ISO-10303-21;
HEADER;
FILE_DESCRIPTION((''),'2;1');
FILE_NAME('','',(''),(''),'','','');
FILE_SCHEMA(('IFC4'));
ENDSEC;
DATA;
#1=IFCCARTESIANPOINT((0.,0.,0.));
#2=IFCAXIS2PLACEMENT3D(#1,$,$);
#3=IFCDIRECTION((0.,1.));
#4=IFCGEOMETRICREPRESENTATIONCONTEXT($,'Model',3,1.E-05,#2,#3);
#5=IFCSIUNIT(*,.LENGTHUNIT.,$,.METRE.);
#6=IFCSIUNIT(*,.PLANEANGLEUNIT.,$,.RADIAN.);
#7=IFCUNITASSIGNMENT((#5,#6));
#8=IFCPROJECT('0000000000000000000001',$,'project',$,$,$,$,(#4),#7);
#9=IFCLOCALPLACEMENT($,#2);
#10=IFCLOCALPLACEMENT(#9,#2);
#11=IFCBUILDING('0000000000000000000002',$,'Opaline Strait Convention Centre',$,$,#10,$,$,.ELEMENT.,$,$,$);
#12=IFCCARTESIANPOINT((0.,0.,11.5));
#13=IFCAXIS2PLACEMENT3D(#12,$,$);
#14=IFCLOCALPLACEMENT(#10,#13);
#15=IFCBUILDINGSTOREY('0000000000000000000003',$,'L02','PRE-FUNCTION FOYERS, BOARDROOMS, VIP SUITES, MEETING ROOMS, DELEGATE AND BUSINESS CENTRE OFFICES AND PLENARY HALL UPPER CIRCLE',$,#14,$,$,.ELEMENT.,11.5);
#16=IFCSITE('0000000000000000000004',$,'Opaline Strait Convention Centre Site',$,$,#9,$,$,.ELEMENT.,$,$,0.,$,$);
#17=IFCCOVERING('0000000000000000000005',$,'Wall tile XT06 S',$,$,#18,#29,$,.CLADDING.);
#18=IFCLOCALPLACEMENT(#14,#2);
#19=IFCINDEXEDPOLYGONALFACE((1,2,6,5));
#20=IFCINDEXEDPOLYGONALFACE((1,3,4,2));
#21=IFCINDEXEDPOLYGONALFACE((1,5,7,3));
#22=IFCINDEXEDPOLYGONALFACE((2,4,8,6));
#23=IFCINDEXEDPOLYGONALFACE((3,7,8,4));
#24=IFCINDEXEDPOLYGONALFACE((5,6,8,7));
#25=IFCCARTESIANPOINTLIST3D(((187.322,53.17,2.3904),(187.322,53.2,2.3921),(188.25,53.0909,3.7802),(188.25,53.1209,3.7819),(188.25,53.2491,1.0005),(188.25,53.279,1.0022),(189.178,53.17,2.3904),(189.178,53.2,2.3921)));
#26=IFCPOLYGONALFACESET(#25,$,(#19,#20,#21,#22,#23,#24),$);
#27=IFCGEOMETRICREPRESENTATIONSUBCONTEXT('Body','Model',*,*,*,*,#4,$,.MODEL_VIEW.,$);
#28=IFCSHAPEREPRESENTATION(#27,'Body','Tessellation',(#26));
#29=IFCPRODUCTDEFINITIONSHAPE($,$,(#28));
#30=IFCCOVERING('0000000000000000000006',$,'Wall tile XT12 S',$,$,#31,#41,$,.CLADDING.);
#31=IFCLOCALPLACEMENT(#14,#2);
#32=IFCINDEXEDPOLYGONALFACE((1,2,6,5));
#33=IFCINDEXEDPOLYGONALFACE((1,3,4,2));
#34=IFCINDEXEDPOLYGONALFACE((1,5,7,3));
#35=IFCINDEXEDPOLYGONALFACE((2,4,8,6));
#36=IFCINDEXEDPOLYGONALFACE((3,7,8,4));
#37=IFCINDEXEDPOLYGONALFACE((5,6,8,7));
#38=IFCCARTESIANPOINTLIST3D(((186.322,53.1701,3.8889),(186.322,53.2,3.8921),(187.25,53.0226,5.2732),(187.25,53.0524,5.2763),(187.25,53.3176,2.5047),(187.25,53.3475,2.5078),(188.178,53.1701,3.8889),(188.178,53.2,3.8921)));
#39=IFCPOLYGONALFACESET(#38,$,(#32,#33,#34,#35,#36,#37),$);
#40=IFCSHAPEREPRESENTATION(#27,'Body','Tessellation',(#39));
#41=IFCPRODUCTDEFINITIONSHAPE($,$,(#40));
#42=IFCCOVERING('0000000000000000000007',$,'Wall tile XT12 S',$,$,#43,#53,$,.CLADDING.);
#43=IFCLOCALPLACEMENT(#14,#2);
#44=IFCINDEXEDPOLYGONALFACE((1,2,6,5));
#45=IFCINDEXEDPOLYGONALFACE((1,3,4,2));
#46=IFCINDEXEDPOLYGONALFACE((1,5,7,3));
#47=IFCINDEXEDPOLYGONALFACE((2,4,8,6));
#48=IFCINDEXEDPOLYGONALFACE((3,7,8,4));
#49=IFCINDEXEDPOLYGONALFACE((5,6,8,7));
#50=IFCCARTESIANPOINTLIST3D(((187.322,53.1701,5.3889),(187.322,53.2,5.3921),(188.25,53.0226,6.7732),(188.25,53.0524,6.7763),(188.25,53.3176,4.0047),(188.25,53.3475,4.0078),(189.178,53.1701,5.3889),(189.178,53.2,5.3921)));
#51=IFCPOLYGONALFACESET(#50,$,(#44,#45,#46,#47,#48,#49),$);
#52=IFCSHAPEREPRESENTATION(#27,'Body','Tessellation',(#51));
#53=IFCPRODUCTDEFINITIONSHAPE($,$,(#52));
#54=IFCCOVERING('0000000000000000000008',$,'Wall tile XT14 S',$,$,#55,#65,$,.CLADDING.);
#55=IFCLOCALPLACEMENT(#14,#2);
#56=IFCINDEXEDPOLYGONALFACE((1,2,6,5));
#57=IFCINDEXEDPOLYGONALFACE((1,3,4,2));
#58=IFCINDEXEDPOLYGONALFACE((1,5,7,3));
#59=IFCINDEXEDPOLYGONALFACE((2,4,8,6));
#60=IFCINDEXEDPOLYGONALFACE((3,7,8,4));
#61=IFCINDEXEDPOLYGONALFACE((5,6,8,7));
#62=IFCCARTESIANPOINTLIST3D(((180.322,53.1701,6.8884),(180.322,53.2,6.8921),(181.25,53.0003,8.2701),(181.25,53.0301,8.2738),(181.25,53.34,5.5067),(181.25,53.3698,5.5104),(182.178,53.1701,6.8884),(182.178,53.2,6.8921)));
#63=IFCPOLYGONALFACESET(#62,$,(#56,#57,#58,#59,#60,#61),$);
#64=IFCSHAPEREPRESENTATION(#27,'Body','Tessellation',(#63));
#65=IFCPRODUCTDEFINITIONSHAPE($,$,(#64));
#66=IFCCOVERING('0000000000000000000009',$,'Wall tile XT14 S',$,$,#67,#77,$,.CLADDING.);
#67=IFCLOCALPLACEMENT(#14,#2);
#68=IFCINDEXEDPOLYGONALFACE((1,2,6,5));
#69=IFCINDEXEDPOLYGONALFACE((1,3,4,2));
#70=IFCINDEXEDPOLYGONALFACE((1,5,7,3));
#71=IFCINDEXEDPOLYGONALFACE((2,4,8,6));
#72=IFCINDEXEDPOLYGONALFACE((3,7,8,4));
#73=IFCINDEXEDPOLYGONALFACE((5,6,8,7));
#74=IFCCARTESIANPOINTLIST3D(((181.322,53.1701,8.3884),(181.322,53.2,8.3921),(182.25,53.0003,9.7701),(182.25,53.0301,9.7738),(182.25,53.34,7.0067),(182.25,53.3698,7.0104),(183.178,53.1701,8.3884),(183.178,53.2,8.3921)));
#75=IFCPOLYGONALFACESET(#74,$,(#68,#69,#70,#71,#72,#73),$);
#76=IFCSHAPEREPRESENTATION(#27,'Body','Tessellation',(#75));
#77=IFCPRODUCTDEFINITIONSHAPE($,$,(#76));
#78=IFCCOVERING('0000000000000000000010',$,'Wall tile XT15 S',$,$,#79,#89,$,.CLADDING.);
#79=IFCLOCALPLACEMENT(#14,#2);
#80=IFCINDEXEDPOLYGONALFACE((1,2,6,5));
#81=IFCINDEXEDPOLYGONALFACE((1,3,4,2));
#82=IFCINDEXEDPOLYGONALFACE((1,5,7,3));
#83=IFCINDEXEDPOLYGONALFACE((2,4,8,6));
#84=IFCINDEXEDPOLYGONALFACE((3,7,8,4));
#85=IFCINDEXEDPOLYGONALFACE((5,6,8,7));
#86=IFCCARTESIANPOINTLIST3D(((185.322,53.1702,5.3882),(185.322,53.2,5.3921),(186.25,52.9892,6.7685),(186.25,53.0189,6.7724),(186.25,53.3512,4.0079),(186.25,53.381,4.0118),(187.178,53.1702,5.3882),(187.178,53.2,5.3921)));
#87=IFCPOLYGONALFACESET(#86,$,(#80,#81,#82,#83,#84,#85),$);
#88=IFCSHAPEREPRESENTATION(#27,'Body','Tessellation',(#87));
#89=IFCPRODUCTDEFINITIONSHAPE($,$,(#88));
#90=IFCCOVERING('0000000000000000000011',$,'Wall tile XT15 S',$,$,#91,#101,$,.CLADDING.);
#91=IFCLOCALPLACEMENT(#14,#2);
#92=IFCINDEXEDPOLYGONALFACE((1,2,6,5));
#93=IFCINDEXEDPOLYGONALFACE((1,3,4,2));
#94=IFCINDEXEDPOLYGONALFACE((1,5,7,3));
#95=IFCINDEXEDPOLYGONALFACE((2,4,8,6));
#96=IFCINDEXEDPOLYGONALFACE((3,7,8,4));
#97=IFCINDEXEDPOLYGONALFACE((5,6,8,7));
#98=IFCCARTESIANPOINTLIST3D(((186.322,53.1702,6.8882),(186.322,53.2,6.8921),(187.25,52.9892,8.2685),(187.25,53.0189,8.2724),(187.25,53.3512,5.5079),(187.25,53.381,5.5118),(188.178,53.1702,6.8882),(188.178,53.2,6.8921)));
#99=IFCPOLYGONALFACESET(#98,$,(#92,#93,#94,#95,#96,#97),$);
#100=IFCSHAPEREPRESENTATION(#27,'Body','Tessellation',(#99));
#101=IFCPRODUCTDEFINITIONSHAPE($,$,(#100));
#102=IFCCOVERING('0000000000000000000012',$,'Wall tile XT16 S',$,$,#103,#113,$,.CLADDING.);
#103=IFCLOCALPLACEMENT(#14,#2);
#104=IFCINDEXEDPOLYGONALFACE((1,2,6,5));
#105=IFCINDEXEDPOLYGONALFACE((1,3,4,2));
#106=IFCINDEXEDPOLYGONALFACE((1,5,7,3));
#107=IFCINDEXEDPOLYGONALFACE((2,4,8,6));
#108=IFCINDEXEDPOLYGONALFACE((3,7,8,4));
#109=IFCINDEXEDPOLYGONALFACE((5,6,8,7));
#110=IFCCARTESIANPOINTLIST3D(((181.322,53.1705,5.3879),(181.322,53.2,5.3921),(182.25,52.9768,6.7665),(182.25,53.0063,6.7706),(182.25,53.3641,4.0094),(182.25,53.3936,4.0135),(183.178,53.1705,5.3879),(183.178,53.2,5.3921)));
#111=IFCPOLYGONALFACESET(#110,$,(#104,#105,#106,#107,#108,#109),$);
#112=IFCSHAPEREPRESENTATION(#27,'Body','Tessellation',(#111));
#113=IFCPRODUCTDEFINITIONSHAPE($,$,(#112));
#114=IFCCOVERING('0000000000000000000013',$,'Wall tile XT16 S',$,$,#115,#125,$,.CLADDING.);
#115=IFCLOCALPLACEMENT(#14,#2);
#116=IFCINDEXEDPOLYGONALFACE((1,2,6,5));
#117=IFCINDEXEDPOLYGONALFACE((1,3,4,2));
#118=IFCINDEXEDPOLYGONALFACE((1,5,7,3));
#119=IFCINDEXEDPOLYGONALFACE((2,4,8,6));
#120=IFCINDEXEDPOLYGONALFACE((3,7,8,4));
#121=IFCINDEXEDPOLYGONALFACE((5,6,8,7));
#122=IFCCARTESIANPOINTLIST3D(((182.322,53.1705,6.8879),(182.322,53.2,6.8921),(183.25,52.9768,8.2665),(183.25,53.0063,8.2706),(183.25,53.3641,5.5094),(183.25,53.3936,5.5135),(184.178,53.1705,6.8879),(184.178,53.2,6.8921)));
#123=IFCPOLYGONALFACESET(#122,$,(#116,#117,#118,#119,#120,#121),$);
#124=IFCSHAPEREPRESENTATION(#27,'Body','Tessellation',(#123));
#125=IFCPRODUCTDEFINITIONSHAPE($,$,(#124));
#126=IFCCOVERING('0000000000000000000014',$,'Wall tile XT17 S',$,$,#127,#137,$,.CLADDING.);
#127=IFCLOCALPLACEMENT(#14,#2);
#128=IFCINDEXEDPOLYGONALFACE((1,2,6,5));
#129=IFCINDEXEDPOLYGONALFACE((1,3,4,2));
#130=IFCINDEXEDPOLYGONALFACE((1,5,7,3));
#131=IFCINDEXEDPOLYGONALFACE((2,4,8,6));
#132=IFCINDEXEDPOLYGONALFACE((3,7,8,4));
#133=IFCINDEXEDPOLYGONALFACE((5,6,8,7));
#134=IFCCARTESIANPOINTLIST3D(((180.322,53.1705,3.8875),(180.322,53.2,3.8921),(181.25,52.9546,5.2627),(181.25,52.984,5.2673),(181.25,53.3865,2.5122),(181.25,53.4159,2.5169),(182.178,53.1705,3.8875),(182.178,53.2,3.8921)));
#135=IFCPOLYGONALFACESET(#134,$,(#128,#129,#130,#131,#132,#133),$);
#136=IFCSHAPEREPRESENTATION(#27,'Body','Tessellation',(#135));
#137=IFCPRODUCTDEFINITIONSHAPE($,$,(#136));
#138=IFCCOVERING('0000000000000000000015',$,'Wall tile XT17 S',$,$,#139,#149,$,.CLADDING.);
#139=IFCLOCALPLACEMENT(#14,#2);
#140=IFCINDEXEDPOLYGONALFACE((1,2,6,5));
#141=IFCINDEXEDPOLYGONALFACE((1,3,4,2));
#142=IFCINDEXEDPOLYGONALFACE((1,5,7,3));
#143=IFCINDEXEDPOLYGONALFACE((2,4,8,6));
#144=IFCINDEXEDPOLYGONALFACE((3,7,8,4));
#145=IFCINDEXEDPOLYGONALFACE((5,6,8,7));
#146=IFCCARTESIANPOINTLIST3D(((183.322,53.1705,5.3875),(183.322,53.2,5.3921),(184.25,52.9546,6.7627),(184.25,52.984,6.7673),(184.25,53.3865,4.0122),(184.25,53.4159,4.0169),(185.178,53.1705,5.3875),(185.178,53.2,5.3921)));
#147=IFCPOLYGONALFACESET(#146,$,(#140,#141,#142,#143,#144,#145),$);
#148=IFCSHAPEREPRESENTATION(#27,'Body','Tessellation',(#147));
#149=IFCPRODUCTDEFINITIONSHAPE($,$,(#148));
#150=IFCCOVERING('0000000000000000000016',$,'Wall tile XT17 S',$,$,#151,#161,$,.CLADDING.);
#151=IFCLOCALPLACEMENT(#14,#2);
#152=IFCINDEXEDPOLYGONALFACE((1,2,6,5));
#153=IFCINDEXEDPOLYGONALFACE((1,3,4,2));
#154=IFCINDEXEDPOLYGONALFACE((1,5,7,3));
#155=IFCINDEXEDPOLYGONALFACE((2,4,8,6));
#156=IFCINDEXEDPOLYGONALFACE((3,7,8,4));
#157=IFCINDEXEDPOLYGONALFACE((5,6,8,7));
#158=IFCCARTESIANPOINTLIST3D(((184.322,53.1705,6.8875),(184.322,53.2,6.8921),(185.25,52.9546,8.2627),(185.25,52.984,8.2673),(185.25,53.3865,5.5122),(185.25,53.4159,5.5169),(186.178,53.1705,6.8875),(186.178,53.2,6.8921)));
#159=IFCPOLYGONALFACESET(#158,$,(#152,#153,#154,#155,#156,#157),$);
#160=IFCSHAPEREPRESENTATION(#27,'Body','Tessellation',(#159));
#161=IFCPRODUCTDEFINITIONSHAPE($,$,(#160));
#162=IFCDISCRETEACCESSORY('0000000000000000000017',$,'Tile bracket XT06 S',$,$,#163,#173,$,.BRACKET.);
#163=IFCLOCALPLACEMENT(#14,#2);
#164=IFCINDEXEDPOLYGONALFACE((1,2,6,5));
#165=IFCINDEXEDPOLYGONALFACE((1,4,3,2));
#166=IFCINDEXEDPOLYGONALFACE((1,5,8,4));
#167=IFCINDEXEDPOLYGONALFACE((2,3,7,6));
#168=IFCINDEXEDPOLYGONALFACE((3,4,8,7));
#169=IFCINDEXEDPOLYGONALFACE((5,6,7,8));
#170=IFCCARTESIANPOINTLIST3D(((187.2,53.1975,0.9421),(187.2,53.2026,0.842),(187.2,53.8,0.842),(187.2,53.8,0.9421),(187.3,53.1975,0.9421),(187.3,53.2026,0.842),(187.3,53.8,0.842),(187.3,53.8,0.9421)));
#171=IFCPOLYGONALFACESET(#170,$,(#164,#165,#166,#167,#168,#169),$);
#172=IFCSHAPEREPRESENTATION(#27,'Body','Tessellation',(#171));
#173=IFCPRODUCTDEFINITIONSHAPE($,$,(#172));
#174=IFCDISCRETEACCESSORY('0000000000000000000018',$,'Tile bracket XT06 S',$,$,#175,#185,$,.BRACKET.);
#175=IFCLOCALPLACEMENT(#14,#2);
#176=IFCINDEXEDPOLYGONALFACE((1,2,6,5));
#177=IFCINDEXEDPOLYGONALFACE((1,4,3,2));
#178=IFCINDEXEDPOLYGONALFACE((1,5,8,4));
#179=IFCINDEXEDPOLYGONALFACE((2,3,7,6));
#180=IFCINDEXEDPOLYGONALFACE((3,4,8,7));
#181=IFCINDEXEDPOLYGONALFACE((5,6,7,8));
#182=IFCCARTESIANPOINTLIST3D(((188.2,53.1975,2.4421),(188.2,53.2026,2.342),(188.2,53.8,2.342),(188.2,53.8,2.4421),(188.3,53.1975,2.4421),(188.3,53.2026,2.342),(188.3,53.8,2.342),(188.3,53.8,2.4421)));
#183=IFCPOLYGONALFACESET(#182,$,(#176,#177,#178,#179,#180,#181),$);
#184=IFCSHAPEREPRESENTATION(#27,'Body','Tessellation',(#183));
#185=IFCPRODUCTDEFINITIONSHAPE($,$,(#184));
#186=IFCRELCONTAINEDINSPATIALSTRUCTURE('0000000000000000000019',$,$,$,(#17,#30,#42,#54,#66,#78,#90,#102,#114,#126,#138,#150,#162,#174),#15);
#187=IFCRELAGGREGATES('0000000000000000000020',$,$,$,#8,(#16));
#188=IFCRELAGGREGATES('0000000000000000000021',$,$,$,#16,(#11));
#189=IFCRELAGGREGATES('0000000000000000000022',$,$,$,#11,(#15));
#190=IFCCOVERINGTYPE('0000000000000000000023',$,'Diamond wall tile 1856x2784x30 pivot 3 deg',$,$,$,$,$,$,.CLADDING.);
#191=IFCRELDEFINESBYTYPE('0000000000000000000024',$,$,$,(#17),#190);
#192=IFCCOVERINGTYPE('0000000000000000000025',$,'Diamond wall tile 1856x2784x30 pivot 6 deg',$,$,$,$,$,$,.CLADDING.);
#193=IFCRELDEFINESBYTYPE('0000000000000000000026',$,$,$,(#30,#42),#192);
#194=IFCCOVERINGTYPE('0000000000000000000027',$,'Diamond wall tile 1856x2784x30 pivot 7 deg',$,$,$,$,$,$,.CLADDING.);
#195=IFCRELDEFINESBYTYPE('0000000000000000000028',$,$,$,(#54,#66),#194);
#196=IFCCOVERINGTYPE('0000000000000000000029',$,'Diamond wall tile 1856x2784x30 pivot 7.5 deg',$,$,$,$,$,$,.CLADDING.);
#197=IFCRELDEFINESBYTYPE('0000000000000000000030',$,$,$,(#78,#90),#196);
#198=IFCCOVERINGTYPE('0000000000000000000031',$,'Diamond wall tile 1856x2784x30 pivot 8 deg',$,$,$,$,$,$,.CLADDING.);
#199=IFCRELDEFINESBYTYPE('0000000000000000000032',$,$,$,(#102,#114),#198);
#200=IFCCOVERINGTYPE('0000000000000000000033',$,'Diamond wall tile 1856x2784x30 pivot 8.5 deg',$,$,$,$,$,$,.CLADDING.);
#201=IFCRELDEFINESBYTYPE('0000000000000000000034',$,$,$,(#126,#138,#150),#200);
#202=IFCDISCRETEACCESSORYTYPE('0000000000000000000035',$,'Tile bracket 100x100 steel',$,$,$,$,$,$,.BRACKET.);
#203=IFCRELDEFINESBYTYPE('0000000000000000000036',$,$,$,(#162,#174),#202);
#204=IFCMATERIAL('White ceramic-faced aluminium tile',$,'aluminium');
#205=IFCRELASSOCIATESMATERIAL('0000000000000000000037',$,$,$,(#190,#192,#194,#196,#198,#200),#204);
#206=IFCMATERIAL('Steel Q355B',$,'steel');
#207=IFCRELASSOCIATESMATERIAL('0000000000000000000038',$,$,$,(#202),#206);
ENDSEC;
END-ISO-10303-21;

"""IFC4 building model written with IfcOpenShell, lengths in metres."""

from ifc_helpers import new_model, si_unit, direction, frame, origin, place, context, subcontext, project, spatial, polyline, outline, extrude, material, material_profile, profile_set, type_object, element, save


model = new_model("IFC4")

# Units and contexts
model_context = context("Model", 3, precision=1e-05, world=origin(), true_north=direction((0.0, 1.0)))
body_context = subcontext(model_context, "Body", "Model", "MODEL_VIEW")
ifc_project = project(units=[si_unit("LENGTHUNIT", "METRE"), si_unit("PLANEANGLEUNIT", "RADIAN")], contexts=[model_context])

# Site, building, storey
site_placement = place(None, origin())
site = spatial("IfcSite", under=ifc_project, at=site_placement, Name="Opaline Strait Convention Centre Site", CompositionType="ELEMENT", RefElevation=0.0)
building_placement = place(site_placement, origin())
building = spatial("IfcBuilding", under=site, at=building_placement, Name="Opaline Strait Convention Centre", CompositionType="ELEMENT")
storey_placement = place(building_placement, frame((0.0, 0.0, 11.5)))
storey = spatial("IfcBuildingStorey", under=building, at=storey_placement, Name="L02", Description="PRE-FUNCTION FOYERS, BOARDROOMS, VIP SUITES, MEETING ROOMS, DELEGATE AND BUSINESS CENTRE OFFICES AND PLENARY HALL UPPER CIRCLE", CompositionType="ELEMENT", Elevation=11.5)

# Coverings
ifc_material_1 = material(Name="White ceramic-faced aluminium tile", Category="aluminium")
ifc_material_profile_1 = material_profile(ifc_material_1, outline(polyline([(0.928, 0.0), (0.0, 1.3921), (-0.928, 0.0), (0.0, -1.3921), (0.928, 0.0)])), Name="Diamond tile 1856x2784")
ifc_profile_set_1 = profile_set([ifc_material_profile_1], Name="White ceramic-faced aluminium tile")
covering_type_1 = type_object("IfcCoveringType", Name="Diamond wall tile 1856x2784x30 pivot 3 deg", PredefinedType="CLADDING", material=ifc_profile_set_1)
covering_placement = place(storey_placement, frame((188.25, 53.2, 2.3921), z_axis=(0.0, -0.998385, -0.056819), x_axis=(1.0, 0.0, 0.0)))
element("IfcCovering", 1, at=covering_placement, inside=storey, type_object=covering_type_1, Name="Wall tile XT06 S", PredefinedType="CLADDING", context=body_context, shape_type="SweptSolid", body=[
    extrude(outline(polyline([(0.928, 0.0), (0.0, 1.3921), (-0.928, 0.0), (0.0, -1.3921), (0.928, 0.0)])), origin(), (0.0, 0.0, 1.0), 0.03),
])
ifc_material_profile_2 = material_profile(ifc_material_1, outline(polyline([(0.928, 0.0), (0.0, 1.3921), (-0.928, 0.0), (0.0, -1.3921), (0.928, 0.0)])), Name="Diamond tile 1856x2784")
ifc_profile_set_2 = profile_set([ifc_material_profile_2], Name="White ceramic-faced aluminium tile")
covering_type_2 = type_object("IfcCoveringType", Name="Diamond wall tile 1856x2784x30 pivot 6 deg", PredefinedType="CLADDING", material=ifc_profile_set_2)
for number, where, z_axis, x_axis, name in (
    (2, (187.25, 53.2, 3.8921), (0.0, -0.994371, -0.105958), (1.0, 0.0, 0.0), "Wall tile XT12 S"),
    (3, (188.25, 53.2, 5.3921), (0.0, -0.994371, -0.105958), (1.0, 0.0, 0.0), "Wall tile XT12 S"),
):
    element("IfcCovering", number, at=place(storey_placement, frame(where, z_axis=z_axis, x_axis=x_axis)), inside=storey, type_object=covering_type_2, Name=name, PredefinedType="CLADDING", context=body_context, shape_type="SweptSolid", body=[
        extrude(outline(polyline([(0.928, 0.0), (0.0, 1.3921), (-0.928, 0.0), (0.0, -1.3921), (0.928, 0.0)])), origin(), (0.0, 0.0, 1.0), 0.03),
    ])
ifc_material_profile_3 = material_profile(ifc_material_1, outline(polyline([(0.928, 0.0), (0.0, 1.3921), (-0.928, 0.0), (0.0, -1.3921), (0.928, 0.0)])), Name="Diamond tile 1856x2784")
ifc_profile_set_3 = profile_set([ifc_material_profile_3], Name="White ceramic-faced aluminium tile")
covering_type_3 = type_object("IfcCoveringType", Name="Diamond wall tile 1856x2784x30 pivot 7 deg", PredefinedType="CLADDING", material=ifc_profile_set_3)
for number, where, z_axis, x_axis, name in (
    (4, (181.25, 53.2, 6.8921), (0.0, -0.992526, -0.122032), (1.0, 0.0, 0.0), "Wall tile XT14 S"),
    (5, (182.25, 53.2, 8.3921), (0.0, -0.992526, -0.122032), (1.0, 0.0, 0.0), "Wall tile XT14 S"),
):
    element("IfcCovering", number, at=place(storey_placement, frame(where, z_axis=z_axis, x_axis=x_axis)), inside=storey, type_object=covering_type_3, Name=name, PredefinedType="CLADDING", context=body_context, shape_type="SweptSolid", body=[
        extrude(outline(polyline([(0.928, 0.0), (0.0, 1.3921), (-0.928, 0.0), (0.0, -1.3921), (0.928, 0.0)])), origin(), (0.0, 0.0, 1.0), 0.03),
    ])
ifc_material_profile_4 = material_profile(ifc_material_1, outline(polyline([(0.928, 0.0), (0.0, 1.3921), (-0.928, 0.0), (0.0, -1.3921), (0.928, 0.0)])), Name="Diamond tile 1856x2784")
ifc_profile_set_4 = profile_set([ifc_material_profile_4], Name="White ceramic-faced aluminium tile")
covering_type_4 = type_object("IfcCoveringType", Name="Diamond wall tile 1856x2784x30 pivot 7.5 deg", PredefinedType="CLADDING", material=ifc_profile_set_4)
for number, where, z_axis, x_axis, name in (
    (6, (186.25, 53.2, 5.3921), (0.0, -0.99151, -0.130034), (1.0, 0.0, 0.0), "Wall tile XT15 S"),
    (7, (187.25, 53.2, 6.8921), (0.0, -0.99151, -0.130034), (1.0, 0.0, 0.0), "Wall tile XT15 S"),
):
    element("IfcCovering", number, at=place(storey_placement, frame(where, z_axis=z_axis, x_axis=x_axis)), inside=storey, type_object=covering_type_4, Name=name, PredefinedType="CLADDING", context=body_context, shape_type="SweptSolid", body=[
        extrude(outline(polyline([(0.928, 0.0), (0.0, 1.3921), (-0.928, 0.0), (0.0, -1.3921), (0.928, 0.0)])), origin(), (0.0, 0.0, 1.0), 0.03),
    ])
ifc_material_profile_5 = material_profile(ifc_material_1, outline(polyline([(0.928, 0.0), (0.0, 1.3921), (-0.928, 0.0), (0.0, -1.3921), (0.928, 0.0)])), Name="Diamond tile 1856x2784")
ifc_profile_set_5 = profile_set([ifc_material_profile_5], Name="White ceramic-faced aluminium tile")
covering_type_5 = type_object("IfcCoveringType", Name="Diamond wall tile 1856x2784x30 pivot 8 deg", PredefinedType="CLADDING", material=ifc_profile_set_5)
for number, where, z_axis, x_axis, name in (
    (8, (182.25, 53.2, 5.3921), (0.0, -0.990274, -0.139129), (1.0, 0.0, 0.0), "Wall tile XT16 S"),
    (9, (183.25, 53.2, 6.8921), (0.0, -0.990274, -0.139129), (1.0, 0.0, 0.0), "Wall tile XT16 S"),
):
    element("IfcCovering", number, at=place(storey_placement, frame(where, z_axis=z_axis, x_axis=x_axis)), inside=storey, type_object=covering_type_5, Name=name, PredefinedType="CLADDING", context=body_context, shape_type="SweptSolid", body=[
        extrude(outline(polyline([(0.928, 0.0), (0.0, 1.3921), (-0.928, 0.0), (0.0, -1.3921), (0.928, 0.0)])), origin(), (0.0, 0.0, 1.0), 0.0298),
    ])
ifc_material_profile_6 = material_profile(ifc_material_1, outline(polyline([(0.928, 0.0), (0.0, 1.3921), (-0.928, 0.0), (0.0, -1.3921), (0.928, 0.0)])), Name="Diamond tile 1856x2784")
ifc_profile_set_6 = profile_set([ifc_material_profile_6], Name="White ceramic-faced aluminium tile")
covering_type_6 = type_object("IfcCoveringType", Name="Diamond wall tile 1856x2784x30 pivot 8.5 deg", PredefinedType="CLADDING", material=ifc_profile_set_6)
for number, where, z_axis, x_axis, name in (
    (10, (181.25, 53.2, 3.8921), (0.0, -0.987895, -0.155124), (1.0, 0.0, 0.0), "Wall tile XT17 S"),
    (11, (184.25, 53.2, 5.3921), (0.0, -0.987895, -0.155124), (1.0, 0.0, 0.0), "Wall tile XT17 S"),
    (12, (185.25, 53.2, 6.8921), (0.0, -0.987895, -0.155124), (1.0, 0.0, 0.0), "Wall tile XT17 S"),
):
    element("IfcCovering", number, at=place(storey_placement, frame(where, z_axis=z_axis, x_axis=x_axis)), inside=storey, type_object=covering_type_6, Name=name, PredefinedType="CLADDING", context=body_context, shape_type="SweptSolid", body=[
        extrude(outline(polyline([(0.928, 0.0), (0.0, 1.3921), (-0.928, 0.0), (0.0, -1.3921), (0.928, 0.0)])), origin(), (0.0, 0.0, 1.0), 0.0298),
    ])

# Discrete accessories
ifc_material_2 = material(Name="Steel Q355B", Category="steel")
discrete_accessory_type = type_object("IfcDiscreteAccessoryType", Name="Tile bracket 100x100 steel", PredefinedType="BRACKET", material=ifc_material_2)
for number, where, z_axis, x_axis, name in (
    (13, (187.2, 53.8, 0.8921), (1.0, 0.0, 0.0), (0.0, 1.0, 0.0), "Tile bracket XT06 S"),
    (14, (188.2, 53.8, 2.3921), (1.0, 0.0, 0.0), (0.0, 1.0, 0.0), "Tile bracket XT06 S"),
):
    element("IfcDiscreteAccessory", number, at=place(storey_placement, frame(where, z_axis=z_axis, x_axis=x_axis)), inside=storey, type_object=discrete_accessory_type, Name=name, PredefinedType="BRACKET", context=body_context, shape_type="SweptSolid", body=[
        extrude(outline(polyline([(0.0, -0.05), (0.0, 0.05), (-0.6025, 0.05), (-0.5974, -0.05), (0.0, -0.05)])), origin(), (0.0, 0.0, 1.0), 0.1001),
    ])

save(model, "model.ifc")
